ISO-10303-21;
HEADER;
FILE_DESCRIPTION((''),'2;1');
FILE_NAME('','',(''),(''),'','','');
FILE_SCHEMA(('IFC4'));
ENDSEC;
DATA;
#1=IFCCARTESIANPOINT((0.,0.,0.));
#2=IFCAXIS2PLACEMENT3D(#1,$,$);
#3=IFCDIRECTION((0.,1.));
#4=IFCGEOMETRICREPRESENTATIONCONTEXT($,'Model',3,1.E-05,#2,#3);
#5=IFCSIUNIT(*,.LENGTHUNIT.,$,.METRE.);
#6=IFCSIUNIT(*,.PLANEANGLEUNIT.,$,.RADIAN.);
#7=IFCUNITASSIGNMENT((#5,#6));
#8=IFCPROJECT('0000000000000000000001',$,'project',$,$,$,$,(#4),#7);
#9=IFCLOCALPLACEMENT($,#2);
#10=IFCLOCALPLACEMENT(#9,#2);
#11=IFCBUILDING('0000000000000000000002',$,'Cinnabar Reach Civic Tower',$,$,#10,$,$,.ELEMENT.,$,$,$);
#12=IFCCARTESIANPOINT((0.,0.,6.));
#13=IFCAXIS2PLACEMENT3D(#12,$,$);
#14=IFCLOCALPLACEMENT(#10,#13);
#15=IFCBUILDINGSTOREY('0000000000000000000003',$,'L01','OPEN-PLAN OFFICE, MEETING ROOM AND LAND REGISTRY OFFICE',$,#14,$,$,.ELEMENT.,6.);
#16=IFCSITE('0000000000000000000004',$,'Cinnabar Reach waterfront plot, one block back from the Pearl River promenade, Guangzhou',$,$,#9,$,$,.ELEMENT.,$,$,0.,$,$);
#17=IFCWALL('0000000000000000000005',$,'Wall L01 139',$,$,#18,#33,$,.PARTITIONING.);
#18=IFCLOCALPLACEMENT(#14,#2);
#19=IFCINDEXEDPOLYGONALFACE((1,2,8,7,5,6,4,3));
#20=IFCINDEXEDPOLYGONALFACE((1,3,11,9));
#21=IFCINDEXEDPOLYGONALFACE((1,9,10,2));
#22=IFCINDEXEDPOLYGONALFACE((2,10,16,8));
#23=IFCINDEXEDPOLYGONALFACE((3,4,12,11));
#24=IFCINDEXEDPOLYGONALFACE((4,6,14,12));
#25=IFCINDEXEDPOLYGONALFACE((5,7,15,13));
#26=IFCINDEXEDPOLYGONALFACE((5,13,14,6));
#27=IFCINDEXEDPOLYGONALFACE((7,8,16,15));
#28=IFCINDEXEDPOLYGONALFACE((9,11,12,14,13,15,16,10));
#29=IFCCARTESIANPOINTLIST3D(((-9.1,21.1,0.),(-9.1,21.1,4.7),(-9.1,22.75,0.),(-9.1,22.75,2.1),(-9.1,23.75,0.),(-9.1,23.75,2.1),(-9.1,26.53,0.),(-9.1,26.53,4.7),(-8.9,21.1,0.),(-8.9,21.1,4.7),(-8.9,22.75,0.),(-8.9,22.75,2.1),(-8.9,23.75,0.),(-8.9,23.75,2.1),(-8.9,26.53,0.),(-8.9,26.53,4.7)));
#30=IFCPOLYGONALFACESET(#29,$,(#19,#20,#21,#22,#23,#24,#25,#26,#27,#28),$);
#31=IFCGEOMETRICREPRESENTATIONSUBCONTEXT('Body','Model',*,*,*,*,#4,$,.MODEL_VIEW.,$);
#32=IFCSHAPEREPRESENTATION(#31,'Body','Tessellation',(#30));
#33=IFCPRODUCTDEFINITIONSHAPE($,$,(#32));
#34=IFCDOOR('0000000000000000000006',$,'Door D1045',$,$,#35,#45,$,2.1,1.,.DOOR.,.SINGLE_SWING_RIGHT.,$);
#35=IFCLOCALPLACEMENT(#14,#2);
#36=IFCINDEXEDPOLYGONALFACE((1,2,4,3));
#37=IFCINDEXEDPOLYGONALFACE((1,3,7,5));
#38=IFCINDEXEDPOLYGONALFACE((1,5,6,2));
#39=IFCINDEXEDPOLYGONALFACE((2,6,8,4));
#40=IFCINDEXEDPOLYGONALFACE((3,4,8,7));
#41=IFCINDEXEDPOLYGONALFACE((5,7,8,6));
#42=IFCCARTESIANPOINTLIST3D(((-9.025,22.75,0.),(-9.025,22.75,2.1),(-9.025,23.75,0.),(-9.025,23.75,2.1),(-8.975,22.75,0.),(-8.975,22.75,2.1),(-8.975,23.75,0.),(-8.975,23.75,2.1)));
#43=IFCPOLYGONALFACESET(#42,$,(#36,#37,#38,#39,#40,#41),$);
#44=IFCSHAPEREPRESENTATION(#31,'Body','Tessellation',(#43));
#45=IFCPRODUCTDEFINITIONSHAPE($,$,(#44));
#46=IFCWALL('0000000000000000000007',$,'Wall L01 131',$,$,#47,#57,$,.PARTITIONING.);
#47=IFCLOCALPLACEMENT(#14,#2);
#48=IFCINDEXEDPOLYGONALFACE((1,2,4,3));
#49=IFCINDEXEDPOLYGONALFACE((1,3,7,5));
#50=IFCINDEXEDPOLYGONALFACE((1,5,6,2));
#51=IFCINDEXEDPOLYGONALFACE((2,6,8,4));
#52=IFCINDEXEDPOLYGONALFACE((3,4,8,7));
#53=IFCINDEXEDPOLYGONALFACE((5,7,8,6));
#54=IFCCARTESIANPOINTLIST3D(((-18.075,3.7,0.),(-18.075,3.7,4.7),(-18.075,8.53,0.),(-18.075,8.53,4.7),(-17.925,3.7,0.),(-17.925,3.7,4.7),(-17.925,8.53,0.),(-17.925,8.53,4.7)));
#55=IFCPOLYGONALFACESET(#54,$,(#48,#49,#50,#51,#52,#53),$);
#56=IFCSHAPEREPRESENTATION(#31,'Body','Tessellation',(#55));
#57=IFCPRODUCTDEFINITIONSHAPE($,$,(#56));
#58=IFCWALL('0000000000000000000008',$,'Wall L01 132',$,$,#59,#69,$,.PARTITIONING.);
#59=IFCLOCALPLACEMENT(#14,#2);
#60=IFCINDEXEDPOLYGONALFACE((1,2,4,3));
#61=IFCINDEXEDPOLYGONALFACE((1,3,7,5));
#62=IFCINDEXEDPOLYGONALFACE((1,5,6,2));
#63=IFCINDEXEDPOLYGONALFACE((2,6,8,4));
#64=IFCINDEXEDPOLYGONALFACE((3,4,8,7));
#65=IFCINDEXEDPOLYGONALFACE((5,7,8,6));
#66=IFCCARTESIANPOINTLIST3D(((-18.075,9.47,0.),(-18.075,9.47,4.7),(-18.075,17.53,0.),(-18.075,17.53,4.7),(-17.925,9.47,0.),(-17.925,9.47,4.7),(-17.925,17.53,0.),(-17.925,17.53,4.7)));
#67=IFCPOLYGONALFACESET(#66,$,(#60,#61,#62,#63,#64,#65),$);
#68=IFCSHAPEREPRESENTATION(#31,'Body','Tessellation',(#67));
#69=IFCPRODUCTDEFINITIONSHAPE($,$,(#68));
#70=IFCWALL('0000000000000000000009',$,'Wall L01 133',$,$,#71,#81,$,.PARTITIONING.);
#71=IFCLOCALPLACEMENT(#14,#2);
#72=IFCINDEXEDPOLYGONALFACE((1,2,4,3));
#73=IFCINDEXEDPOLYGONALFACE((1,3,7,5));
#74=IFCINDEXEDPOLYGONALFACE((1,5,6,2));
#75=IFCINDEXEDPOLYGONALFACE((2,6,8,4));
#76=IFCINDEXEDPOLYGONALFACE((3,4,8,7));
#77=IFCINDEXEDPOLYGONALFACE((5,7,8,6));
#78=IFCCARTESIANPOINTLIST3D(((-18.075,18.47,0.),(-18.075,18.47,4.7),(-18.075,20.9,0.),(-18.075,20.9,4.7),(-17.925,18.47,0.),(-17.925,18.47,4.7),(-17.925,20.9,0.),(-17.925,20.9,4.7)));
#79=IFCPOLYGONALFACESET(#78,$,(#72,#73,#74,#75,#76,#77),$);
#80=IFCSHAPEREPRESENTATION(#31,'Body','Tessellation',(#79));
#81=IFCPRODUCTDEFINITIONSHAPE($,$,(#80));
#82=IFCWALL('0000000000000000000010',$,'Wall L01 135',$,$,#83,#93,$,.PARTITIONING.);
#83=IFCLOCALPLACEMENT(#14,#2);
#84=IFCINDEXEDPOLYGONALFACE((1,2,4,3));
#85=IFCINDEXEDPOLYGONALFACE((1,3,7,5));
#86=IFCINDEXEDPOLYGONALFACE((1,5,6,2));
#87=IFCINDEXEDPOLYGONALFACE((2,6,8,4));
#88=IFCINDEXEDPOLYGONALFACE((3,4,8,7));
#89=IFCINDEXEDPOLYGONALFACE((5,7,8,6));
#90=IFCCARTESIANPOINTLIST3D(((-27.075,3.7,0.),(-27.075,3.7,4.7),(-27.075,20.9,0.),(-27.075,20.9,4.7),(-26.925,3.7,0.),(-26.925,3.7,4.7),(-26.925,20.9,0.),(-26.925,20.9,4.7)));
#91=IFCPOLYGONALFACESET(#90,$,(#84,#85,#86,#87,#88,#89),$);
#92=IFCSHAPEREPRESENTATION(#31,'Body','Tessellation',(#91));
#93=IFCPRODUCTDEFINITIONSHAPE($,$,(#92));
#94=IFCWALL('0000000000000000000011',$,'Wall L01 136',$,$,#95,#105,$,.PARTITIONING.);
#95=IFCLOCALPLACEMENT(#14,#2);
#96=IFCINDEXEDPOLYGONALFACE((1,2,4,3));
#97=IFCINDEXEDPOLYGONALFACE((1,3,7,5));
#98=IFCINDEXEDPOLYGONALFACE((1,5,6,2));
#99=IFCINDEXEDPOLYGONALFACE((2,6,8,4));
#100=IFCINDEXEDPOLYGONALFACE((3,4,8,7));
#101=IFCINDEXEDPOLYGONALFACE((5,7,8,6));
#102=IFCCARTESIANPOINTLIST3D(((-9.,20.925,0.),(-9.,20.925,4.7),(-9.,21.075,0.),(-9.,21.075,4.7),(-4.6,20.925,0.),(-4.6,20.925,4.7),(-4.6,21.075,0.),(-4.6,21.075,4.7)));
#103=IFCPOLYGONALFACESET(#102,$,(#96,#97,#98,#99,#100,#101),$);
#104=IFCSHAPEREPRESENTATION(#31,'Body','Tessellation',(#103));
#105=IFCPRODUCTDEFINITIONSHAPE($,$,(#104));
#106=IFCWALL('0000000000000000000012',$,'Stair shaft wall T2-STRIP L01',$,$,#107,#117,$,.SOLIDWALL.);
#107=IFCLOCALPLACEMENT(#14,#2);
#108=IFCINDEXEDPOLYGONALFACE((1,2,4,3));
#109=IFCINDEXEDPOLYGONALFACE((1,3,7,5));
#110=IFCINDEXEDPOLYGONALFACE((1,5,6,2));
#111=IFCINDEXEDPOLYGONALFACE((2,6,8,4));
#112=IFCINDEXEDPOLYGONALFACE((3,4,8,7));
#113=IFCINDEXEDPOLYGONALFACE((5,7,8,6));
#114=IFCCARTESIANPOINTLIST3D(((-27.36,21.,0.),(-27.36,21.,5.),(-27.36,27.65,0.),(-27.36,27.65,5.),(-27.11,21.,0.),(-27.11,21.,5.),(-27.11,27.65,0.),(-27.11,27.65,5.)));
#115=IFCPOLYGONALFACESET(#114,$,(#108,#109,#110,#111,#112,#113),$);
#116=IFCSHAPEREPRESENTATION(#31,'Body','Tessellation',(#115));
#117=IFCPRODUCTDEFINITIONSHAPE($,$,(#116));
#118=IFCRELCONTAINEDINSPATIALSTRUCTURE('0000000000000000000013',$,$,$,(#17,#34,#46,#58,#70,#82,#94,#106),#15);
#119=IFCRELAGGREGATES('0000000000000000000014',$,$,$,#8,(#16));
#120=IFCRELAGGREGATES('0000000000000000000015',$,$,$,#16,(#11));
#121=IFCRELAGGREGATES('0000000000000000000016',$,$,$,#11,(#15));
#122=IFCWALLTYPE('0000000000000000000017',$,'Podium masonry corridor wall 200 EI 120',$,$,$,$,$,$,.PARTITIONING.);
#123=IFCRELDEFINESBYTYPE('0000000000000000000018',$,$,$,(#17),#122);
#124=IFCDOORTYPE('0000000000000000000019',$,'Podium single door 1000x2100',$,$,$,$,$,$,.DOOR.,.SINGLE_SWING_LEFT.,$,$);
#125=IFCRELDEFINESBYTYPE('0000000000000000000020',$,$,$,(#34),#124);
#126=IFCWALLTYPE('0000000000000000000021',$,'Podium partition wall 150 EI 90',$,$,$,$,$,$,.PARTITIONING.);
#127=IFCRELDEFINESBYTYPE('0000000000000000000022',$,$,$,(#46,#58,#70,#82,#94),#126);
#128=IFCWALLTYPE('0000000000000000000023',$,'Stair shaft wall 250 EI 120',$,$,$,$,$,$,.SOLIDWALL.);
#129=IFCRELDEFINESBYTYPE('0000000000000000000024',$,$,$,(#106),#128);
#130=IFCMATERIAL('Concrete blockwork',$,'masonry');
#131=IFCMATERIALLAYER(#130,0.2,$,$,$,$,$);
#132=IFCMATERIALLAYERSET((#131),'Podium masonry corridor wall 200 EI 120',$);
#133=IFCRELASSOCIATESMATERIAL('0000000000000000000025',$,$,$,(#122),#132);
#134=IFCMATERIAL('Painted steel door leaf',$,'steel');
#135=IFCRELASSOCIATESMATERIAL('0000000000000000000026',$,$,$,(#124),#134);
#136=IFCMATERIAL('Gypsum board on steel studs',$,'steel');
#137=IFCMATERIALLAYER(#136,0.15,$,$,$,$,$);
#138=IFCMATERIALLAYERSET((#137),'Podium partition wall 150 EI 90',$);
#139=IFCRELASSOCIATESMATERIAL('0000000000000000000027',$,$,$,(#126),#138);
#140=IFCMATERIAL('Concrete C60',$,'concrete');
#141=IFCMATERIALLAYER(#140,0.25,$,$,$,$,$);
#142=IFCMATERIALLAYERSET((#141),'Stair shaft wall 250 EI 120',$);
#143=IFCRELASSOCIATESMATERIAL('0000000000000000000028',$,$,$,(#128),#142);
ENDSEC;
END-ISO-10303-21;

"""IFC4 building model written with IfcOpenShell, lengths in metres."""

from ifc_helpers import new_model, si_unit, direction, frame, frame_2d, origin, place, context, subcontext, project, spatial, rectangle, extrude, material, layer, layer_set, type_object, element, fill, save


model = new_model("IFC4")

# Units and contexts
model_context = context("Model", 3, precision=1e-05, world=origin(), true_north=direction((0.0, 1.0)))
body_context = subcontext(model_context, "Body", "Model", "MODEL_VIEW")
ifc_project = project(units=[si_unit("LENGTHUNIT", "METRE"), si_unit("PLANEANGLEUNIT", "RADIAN")], contexts=[model_context])

# Site, building, storey
site_placement = place(None, origin())
site = spatial("IfcSite", under=ifc_project, at=site_placement, Name="Cinnabar Reach waterfront plot, one block back from the Pearl River promenade, Guangzhou", CompositionType="ELEMENT", RefElevation=0.0)
building_placement = place(site_placement, origin())
building = spatial("IfcBuilding", under=site, at=building_placement, Name="Cinnabar Reach Civic Tower", CompositionType="ELEMENT")
storey_placement = place(building_placement, frame((0.0, 0.0, 6.0)))
storey = spatial("IfcBuildingStorey", under=building, at=storey_placement, Name="L01", Description="OPEN-PLAN OFFICE, MEETING ROOM AND LAND REGISTRY OFFICE", CompositionType="ELEMENT", Elevation=6.0)

# Shared definitions
ifc_material_1 = material(Name="Concrete blockwork", Category="masonry")
ifc_layer_1 = layer(ifc_material_1, 0.2)
ifc_layer_set_1 = layer_set([ifc_layer_1], Name="Podium masonry corridor wall 200 EI 120")
wall_type_1 = type_object("IfcWallType", Name="Podium masonry corridor wall 200 EI 120", PredefinedType="PARTITIONING", material=ifc_layer_set_1)
ifc_material_2 = material(Name="Painted steel door leaf", Category="steel")
door_type_1 = type_object("IfcDoorType", Name="Podium single door 1000x2100", OperationType="SINGLE_SWING_LEFT", PredefinedType="DOOR", material=ifc_material_2)

# Wall, opening, door
wall_1_placement = place(storey_placement, frame((-9.0, 21.1, 0.0), z_axis=(0.0, 0.0, 1.0), x_axis=(0.0, 1.0, 0.0)))
wall_1 = element("IfcWall", 1, at=wall_1_placement, inside=storey, type_object=wall_type_1, Name="Wall L01 139", PredefinedType="PARTITIONING", context=body_context, shape_type="SweptSolid", body=[
    extrude(rectangle(XDim=5.43, YDim=0.2, at=frame_2d((2.715, 0.0))), origin(), (0.0, 0.0, 1.0), 4.7),
])
opening_1_placement = place(wall_1_placement, frame((1.65, 0.0, 0.0)))
opening_1 = element("IfcOpeningElement", 2, at=opening_1_placement, cuts=wall_1, PredefinedType="OPENING", context=body_context, shape_type="SweptSolid", body=[
    extrude(rectangle(XDim=1.0, YDim=2.1, at=frame_2d((0.5, 1.05))), frame((0.0, 0.11, 0.0), z_axis=(0.0, -1.0, 0.0), x_axis=(1.0, 0.0, 0.0)), (0.0, 0.0, 1.0), 0.22),
])
door_1_placement = place(opening_1_placement, frame((1.0, 0.0, 0.0), z_axis=(0.0, 0.0, 1.0), x_axis=(-1.0, 0.0, 0.0)))
door_1 = element("IfcDoor", 3, at=door_1_placement, inside=storey, type_object=door_type_1, Name="Door D1045", OperationType="SINGLE_SWING_RIGHT", OverallHeight=2.1, OverallWidth=1.0, PredefinedType="DOOR", context=body_context, shape_type="SweptSolid", body=[
    extrude(rectangle(XDim=1.0, YDim=2.1, at=frame_2d((0.5, 1.05))), frame((0.0, 0.025, 0.0), z_axis=(0.0, -1.0, 0.0), x_axis=(1.0, 0.0, 0.0)), (0.0, 0.0, 1.0), 0.05),
])
fill(opening_1, door_1)

# Walls
ifc_material_3 = material(Name="Gypsum board on steel studs", Category="steel")
ifc_layer_2 = layer(ifc_material_3, 0.15)
ifc_layer_set_2 = layer_set([ifc_layer_2], Name="Podium partition wall 150 EI 90")
wall_type_2 = type_object("IfcWallType", Name="Podium partition wall 150 EI 90", PredefinedType="PARTITIONING", material=ifc_layer_set_2)
wall_2_placement = place(storey_placement, frame((-18.0, 3.7, 0.0), z_axis=(0.0, 0.0, 1.0), x_axis=(0.0, 1.0, 0.0)))
element("IfcWall", 4, at=wall_2_placement, inside=storey, type_object=wall_type_2, Name="Wall L01 131", PredefinedType="PARTITIONING", context=body_context, shape_type="SweptSolid", body=[
    extrude(rectangle(XDim=4.83, YDim=0.15, at=frame_2d((2.415, 0.0))), origin(), (0.0, 0.0, 1.0), 4.7),
])
wall_3_placement = place(storey_placement, frame((-18.0, 9.47, 0.0), z_axis=(0.0, 0.0, 1.0), x_axis=(0.0, 1.0, 0.0)))
element("IfcWall", 5, at=wall_3_placement, inside=storey, type_object=wall_type_2, Name="Wall L01 132", PredefinedType="PARTITIONING", context=body_context, shape_type="SweptSolid", body=[
    extrude(rectangle(XDim=8.06, YDim=0.15, at=frame_2d((4.03, 0.0))), origin(), (0.0, 0.0, 1.0), 4.7),
])
wall_4_placement = place(storey_placement, frame((-18.0, 18.47, 0.0), z_axis=(0.0, 0.0, 1.0), x_axis=(0.0, 1.0, 0.0)))
element("IfcWall", 6, at=wall_4_placement, inside=storey, type_object=wall_type_2, Name="Wall L01 133", PredefinedType="PARTITIONING", context=body_context, shape_type="SweptSolid", body=[
    extrude(rectangle(XDim=2.43, YDim=0.15, at=frame_2d((1.215, 0.0))), origin(), (0.0, 0.0, 1.0), 4.7),
])
wall_5_placement = place(storey_placement, frame((-27.0, 3.7, 0.0), z_axis=(0.0, 0.0, 1.0), x_axis=(0.0, 1.0, 0.0)))
element("IfcWall", 7, at=wall_5_placement, inside=storey, type_object=wall_type_2, Name="Wall L01 135", PredefinedType="PARTITIONING", context=body_context, shape_type="SweptSolid", body=[
    extrude(rectangle(XDim=17.2, YDim=0.15, at=frame_2d((8.6, 0.0))), origin(), (0.0, 0.0, 1.0), 4.7),
])
wall_6_placement = place(storey_placement, frame((-9.0, 21.0, 0.0), z_axis=(0.0, 0.0, 1.0), x_axis=(1.0, 0.0, 0.0)))
element("IfcWall", 8, at=wall_6_placement, inside=storey, type_object=wall_type_2, Name="Wall L01 136", PredefinedType="PARTITIONING", context=body_context, shape_type="SweptSolid", body=[
    extrude(rectangle(XDim=4.4, YDim=0.15, at=frame_2d((2.2, 0.0))), origin(), (0.0, 0.0, 1.0), 4.7),
])
ifc_material_4 = material(Name="Concrete C60", Category="concrete")
ifc_layer_3 = layer(ifc_material_4, 0.25)
ifc_layer_set_3 = layer_set([ifc_layer_3], Name="Stair shaft wall 250 EI 120")
wall_type_3 = type_object("IfcWallType", Name="Stair shaft wall 250 EI 120", PredefinedType="SOLIDWALL", material=ifc_layer_set_3)
wall_7_placement = place(storey_placement, frame((-27.235, 21.0, 0.0), z_axis=(0.0, 0.0, 1.0), x_axis=(0.0, 1.0, 0.0)))
element("IfcWall", 9, at=wall_7_placement, inside=storey, type_object=wall_type_3, Name="Stair shaft wall T2-STRIP L01", PredefinedType="SOLIDWALL", context=body_context, shape_type="SweptSolid", body=[
    extrude(rectangle(XDim=6.65, YDim=0.25, at=frame_2d((3.325, 0.0))), origin(), (0.0, 0.0, 1.0), 5.0),
])

save(model, "model.ifc")
